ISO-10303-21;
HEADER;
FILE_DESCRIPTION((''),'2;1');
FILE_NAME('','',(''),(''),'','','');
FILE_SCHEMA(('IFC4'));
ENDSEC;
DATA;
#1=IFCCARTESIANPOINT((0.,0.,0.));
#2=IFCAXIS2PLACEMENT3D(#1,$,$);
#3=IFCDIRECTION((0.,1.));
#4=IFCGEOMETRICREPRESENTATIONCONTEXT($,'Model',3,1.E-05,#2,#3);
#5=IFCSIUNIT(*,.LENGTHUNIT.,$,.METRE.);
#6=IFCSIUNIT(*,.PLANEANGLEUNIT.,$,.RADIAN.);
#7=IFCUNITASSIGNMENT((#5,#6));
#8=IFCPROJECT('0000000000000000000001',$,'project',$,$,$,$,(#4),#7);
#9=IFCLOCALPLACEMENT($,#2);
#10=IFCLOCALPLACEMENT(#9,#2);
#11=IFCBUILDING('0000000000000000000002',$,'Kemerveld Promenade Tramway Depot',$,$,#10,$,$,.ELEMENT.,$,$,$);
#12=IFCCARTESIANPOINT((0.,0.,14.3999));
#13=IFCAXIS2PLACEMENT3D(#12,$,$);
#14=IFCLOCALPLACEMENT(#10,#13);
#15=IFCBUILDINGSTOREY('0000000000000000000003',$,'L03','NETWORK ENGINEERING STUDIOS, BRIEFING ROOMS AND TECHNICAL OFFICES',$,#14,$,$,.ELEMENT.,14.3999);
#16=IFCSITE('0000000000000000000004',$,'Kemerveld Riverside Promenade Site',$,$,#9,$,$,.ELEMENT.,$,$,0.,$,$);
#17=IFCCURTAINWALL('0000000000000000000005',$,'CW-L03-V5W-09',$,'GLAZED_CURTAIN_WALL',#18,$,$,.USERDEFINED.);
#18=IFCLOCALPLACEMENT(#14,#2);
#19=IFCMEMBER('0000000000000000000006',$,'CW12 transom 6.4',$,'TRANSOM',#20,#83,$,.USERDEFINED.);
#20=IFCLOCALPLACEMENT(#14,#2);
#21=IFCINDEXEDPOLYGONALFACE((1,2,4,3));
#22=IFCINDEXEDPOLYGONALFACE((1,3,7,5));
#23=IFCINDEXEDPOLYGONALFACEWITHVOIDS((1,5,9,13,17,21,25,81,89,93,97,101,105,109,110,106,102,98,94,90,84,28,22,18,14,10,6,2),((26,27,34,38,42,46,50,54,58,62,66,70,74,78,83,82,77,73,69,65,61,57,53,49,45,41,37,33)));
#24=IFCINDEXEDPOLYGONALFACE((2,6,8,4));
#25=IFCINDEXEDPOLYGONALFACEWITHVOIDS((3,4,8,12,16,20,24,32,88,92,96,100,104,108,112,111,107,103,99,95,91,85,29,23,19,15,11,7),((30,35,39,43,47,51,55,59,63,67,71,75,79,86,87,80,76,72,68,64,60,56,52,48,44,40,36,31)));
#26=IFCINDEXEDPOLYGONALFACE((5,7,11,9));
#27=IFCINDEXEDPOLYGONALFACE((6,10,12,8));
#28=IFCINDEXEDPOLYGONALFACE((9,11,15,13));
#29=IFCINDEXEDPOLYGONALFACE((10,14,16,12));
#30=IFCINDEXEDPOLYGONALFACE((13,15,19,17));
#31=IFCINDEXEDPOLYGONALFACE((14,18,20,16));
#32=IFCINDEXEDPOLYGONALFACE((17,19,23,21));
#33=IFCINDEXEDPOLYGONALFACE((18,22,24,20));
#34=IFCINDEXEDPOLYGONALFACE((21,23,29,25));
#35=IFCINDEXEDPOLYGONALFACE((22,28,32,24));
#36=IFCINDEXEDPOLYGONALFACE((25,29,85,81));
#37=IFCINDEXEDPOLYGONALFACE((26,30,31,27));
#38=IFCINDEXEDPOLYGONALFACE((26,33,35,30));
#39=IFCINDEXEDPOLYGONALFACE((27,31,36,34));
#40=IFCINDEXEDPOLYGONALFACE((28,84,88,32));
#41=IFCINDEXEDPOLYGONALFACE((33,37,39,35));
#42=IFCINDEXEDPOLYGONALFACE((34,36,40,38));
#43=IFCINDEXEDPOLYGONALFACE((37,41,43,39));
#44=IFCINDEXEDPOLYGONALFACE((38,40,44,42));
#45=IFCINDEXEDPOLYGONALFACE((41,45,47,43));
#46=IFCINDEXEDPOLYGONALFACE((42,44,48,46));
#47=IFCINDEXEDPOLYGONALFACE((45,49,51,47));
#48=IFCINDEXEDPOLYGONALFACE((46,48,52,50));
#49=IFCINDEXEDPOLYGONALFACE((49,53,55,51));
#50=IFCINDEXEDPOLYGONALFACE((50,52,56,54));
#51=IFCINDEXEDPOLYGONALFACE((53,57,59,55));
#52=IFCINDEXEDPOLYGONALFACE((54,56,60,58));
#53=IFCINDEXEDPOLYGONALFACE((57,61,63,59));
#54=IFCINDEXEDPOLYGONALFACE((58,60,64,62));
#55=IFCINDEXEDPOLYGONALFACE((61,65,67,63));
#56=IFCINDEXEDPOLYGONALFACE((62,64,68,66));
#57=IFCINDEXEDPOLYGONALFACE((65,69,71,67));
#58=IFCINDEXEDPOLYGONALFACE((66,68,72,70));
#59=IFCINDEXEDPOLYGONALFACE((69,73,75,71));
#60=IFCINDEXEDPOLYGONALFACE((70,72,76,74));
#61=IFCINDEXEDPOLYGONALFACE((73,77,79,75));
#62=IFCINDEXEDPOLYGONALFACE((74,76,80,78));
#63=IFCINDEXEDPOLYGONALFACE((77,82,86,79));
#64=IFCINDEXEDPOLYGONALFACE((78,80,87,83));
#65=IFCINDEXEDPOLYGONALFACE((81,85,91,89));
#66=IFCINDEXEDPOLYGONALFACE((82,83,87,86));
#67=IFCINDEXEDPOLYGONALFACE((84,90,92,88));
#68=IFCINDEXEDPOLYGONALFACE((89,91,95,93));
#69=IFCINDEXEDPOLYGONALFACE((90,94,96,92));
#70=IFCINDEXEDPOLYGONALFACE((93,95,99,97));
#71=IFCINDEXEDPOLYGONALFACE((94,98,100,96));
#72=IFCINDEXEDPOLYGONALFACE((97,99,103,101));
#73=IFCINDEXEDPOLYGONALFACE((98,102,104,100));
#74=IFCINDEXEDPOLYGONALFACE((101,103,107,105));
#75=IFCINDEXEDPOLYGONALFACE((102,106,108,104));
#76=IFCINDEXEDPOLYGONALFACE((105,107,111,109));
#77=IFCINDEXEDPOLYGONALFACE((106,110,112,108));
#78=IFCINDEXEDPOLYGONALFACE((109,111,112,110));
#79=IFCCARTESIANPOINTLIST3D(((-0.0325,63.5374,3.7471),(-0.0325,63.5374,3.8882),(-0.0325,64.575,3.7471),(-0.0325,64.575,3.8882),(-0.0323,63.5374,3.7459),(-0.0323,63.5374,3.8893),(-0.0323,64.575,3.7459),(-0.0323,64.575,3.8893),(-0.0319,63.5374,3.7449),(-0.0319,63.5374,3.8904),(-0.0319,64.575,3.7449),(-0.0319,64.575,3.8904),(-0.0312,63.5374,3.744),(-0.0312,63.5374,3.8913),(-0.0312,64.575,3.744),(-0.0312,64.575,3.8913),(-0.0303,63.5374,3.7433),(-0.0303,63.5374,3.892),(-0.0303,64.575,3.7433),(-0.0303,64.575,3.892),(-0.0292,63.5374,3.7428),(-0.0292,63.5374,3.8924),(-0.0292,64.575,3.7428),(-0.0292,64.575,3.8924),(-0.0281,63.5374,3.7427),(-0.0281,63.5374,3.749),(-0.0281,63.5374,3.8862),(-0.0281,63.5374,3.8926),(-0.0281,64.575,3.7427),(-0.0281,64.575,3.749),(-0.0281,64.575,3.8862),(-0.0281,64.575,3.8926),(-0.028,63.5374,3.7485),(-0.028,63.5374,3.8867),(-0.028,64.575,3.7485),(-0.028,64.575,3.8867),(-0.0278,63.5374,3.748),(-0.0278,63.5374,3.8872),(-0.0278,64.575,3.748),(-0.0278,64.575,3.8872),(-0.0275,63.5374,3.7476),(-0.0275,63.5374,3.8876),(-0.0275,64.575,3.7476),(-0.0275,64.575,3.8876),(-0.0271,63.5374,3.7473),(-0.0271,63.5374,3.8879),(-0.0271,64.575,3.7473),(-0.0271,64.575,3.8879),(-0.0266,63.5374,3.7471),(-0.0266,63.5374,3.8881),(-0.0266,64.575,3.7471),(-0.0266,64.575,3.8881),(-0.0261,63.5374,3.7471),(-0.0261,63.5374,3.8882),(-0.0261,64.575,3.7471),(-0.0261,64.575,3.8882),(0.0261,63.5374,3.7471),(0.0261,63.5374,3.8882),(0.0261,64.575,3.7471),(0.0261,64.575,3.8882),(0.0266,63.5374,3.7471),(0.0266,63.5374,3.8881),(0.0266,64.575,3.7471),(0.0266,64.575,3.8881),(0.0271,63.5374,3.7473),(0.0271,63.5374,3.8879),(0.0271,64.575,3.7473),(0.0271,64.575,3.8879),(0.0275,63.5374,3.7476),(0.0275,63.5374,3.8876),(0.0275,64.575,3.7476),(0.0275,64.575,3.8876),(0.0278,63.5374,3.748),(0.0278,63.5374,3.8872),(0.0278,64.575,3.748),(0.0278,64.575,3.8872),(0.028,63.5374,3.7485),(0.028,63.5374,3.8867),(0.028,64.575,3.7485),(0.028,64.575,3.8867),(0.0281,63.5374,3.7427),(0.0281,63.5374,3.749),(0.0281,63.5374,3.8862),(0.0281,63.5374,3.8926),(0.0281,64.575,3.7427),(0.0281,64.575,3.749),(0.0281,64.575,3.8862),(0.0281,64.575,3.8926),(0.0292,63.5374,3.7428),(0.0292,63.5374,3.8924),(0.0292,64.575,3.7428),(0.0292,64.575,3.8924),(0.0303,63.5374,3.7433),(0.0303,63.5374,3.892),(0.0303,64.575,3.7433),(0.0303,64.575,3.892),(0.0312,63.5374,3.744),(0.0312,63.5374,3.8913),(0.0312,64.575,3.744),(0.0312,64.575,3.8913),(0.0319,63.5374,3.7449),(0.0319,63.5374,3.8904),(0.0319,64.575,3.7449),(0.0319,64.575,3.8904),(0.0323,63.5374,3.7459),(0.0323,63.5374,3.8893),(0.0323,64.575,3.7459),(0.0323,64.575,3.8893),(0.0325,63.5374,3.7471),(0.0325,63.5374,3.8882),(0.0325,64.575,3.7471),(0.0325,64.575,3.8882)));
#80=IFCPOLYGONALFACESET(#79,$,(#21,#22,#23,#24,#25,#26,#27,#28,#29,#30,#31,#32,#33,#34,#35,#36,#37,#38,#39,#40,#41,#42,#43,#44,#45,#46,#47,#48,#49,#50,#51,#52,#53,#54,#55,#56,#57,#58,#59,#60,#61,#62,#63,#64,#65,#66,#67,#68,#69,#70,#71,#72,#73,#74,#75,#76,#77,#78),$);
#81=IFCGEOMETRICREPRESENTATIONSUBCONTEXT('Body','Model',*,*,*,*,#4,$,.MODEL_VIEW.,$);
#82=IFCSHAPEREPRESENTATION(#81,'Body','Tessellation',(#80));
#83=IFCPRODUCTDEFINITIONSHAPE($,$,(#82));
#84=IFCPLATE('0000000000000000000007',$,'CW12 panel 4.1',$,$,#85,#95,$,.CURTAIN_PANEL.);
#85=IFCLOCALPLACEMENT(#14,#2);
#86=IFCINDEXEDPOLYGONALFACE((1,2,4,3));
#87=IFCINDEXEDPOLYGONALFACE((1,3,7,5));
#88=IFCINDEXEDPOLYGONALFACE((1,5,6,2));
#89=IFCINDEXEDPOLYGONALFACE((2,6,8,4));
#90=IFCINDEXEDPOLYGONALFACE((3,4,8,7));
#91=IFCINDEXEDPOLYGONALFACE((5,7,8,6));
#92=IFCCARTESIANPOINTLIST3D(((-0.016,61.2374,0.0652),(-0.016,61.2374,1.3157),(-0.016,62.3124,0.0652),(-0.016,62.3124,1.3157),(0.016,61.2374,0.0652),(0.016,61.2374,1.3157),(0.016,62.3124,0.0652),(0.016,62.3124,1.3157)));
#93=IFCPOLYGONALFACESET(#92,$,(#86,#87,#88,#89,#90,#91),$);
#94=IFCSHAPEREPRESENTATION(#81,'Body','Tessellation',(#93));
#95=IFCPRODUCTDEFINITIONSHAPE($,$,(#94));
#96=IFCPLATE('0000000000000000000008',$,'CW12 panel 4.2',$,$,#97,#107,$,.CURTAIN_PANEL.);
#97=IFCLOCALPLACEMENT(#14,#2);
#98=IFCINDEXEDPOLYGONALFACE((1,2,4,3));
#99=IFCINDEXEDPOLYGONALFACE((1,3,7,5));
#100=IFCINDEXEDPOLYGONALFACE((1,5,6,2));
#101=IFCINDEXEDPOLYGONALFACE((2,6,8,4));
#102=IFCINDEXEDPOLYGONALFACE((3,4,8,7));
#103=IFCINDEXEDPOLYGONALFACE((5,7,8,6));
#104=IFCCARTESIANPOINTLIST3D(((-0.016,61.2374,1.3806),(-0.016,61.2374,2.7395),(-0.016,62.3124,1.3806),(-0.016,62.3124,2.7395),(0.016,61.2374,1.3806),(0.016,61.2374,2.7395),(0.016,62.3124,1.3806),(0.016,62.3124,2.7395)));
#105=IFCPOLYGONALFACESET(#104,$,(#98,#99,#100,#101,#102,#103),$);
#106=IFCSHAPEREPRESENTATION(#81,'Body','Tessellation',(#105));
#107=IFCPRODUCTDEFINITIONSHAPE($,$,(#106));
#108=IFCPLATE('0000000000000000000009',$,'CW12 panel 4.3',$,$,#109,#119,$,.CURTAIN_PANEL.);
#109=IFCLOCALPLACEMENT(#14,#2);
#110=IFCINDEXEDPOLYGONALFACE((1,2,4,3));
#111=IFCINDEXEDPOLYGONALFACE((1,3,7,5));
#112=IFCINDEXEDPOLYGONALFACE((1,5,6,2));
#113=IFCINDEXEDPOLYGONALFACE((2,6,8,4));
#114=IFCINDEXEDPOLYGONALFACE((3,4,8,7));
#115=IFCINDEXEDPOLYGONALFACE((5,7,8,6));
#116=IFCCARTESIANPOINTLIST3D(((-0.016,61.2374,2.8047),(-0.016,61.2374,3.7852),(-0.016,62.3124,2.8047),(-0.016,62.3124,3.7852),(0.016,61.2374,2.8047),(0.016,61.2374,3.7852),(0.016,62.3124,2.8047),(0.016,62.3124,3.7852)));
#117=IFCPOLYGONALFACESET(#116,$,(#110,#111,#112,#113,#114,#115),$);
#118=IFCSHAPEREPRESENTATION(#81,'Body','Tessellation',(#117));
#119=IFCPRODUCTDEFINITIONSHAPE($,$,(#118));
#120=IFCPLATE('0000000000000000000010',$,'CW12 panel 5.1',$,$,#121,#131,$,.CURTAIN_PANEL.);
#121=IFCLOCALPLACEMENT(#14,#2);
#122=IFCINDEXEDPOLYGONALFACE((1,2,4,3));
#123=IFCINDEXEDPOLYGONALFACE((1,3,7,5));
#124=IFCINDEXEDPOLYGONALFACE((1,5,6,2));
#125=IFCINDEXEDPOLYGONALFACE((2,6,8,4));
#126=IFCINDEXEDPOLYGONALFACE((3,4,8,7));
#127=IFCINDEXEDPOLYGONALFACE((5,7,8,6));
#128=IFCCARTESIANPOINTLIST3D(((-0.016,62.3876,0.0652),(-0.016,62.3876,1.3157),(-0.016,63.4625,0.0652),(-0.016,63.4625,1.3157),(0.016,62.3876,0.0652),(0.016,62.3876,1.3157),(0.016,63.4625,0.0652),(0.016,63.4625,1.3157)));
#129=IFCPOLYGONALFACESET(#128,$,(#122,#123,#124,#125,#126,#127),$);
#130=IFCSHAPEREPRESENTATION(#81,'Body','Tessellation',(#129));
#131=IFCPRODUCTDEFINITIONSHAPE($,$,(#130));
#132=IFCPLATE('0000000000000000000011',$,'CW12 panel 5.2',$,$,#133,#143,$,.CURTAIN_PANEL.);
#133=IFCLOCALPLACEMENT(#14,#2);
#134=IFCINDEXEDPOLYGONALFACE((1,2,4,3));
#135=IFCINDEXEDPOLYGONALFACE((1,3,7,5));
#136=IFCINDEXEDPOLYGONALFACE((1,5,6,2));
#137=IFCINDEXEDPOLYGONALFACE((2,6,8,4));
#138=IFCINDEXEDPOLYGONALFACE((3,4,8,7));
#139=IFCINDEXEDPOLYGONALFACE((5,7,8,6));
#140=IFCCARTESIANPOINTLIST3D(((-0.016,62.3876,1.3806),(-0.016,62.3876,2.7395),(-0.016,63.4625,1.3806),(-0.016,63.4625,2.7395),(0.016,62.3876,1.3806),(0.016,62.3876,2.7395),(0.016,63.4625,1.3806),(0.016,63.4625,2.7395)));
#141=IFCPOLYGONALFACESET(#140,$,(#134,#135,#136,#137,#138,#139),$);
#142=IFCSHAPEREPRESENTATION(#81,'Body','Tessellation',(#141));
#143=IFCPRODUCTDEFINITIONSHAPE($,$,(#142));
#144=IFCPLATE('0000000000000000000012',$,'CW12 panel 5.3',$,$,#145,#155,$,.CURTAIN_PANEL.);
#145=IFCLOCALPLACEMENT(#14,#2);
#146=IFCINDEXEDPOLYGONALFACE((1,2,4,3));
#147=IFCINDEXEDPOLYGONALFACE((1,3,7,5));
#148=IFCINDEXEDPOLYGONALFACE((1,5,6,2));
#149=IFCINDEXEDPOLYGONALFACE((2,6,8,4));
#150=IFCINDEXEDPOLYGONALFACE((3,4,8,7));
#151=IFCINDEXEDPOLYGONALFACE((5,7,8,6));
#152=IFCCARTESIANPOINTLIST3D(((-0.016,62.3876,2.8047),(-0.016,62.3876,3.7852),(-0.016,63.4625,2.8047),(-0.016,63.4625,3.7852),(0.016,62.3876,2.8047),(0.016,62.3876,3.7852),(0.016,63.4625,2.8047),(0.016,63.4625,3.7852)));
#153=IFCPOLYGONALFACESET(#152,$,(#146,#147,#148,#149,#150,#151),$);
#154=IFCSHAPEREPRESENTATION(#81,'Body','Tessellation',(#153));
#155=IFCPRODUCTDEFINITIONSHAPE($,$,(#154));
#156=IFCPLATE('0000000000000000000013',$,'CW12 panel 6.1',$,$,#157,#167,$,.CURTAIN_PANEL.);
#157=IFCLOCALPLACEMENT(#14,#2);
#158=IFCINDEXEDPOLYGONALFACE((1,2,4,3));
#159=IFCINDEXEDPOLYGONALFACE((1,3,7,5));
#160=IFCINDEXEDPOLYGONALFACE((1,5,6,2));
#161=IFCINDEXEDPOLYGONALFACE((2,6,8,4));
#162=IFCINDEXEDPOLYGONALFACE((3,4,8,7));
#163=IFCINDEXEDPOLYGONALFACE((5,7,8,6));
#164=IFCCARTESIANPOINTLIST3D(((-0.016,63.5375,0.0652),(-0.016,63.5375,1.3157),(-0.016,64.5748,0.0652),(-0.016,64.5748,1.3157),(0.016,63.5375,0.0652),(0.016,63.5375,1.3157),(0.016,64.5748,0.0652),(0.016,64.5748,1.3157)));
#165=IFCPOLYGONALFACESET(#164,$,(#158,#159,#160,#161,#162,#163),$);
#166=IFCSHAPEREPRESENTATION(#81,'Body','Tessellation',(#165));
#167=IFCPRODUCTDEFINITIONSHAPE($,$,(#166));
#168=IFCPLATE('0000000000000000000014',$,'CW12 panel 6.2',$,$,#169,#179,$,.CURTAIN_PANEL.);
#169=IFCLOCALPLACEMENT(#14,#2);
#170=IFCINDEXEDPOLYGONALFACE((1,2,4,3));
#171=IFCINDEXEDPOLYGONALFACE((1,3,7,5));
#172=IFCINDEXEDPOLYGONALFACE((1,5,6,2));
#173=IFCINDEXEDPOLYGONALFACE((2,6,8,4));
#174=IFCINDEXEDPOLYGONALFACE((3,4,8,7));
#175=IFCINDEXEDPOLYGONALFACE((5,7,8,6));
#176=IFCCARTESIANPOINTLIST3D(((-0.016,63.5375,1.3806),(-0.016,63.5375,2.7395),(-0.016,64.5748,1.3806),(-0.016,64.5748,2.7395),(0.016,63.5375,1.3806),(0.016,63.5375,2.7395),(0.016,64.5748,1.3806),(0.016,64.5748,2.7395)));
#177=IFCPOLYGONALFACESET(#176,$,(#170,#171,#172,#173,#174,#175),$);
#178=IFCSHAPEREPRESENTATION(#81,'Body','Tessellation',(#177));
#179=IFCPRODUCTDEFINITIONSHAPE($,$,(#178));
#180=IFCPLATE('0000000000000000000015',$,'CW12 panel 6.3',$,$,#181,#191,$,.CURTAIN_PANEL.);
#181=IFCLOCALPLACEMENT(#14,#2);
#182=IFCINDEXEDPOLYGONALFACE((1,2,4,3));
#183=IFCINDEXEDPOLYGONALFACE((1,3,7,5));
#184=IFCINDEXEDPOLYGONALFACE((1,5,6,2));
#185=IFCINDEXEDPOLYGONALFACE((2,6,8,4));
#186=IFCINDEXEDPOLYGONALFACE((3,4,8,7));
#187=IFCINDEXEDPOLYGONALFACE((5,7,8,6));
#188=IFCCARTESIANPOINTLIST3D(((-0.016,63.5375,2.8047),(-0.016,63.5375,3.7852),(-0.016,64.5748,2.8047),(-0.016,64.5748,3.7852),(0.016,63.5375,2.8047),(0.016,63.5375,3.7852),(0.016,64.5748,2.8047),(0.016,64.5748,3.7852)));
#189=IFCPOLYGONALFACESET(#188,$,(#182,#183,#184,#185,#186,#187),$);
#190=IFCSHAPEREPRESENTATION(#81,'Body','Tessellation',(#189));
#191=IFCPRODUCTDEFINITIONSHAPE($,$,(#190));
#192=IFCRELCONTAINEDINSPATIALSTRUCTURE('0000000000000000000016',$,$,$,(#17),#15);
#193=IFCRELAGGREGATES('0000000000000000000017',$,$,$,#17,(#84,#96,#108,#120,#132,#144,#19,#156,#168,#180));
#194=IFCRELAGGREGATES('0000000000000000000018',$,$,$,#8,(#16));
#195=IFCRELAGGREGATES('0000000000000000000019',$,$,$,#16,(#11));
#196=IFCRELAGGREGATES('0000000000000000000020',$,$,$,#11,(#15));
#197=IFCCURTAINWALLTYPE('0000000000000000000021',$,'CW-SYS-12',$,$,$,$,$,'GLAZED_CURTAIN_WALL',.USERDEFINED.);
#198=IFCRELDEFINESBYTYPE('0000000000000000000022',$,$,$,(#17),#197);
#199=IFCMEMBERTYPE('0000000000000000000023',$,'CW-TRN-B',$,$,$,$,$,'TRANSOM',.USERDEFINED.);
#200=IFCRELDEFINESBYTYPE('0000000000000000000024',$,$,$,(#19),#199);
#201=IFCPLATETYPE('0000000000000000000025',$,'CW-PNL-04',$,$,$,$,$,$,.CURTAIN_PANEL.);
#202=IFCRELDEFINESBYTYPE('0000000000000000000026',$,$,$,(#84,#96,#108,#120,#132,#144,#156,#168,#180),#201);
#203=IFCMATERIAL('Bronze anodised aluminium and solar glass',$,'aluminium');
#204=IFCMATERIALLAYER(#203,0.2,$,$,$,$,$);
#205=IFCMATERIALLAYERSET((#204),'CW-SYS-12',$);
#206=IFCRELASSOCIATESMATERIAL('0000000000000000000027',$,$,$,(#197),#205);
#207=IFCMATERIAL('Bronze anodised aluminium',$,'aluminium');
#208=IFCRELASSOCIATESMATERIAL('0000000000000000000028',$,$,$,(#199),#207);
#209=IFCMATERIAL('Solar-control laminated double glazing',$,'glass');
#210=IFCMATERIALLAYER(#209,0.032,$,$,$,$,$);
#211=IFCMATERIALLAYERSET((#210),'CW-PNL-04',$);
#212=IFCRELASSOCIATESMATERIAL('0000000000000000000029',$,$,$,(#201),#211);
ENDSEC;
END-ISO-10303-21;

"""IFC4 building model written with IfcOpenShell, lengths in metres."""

from ifc_helpers import new_model, si_unit, direction, frame, origin, origin_2d, place, context, subcontext, project, spatial, rectangle, hollow_rectangle, extrude, material, layer, layer_set, material_profile, profile_set, type_object, element, aggregate, save


model = new_model("IFC4")

# Units and contexts
model_context = context("Model", 3, precision=1e-05, world=origin(), true_north=direction((0.0, 1.0)))
body_context = subcontext(model_context, "Body", "Model", "MODEL_VIEW")
ifc_project = project(units=[si_unit("LENGTHUNIT", "METRE"), si_unit("PLANEANGLEUNIT", "RADIAN")], contexts=[model_context])

# Site, building, storey
site_placement = place(None, origin())
site = spatial("IfcSite", under=ifc_project, at=site_placement, Name="Kemerveld Riverside Promenade Site", CompositionType="ELEMENT", RefElevation=0.0)
building_placement = place(site_placement, origin())
building = spatial("IfcBuilding", under=site, at=building_placement, Name="Kemerveld Promenade Tramway Depot", CompositionType="ELEMENT")
storey_placement = place(building_placement, frame((0.0, 0.0, 14.3999)))
storey = spatial("IfcBuildingStorey", under=building, at=storey_placement, Name="L03", Description="NETWORK ENGINEERING STUDIOS, BRIEFING ROOMS AND TECHNICAL OFFICES", CompositionType="ELEMENT", Elevation=14.3999)

# Curtain wall, member, plates
ifc_material_1 = material(Name="Bronze anodised aluminium and solar glass", Category="aluminium")
ifc_layer_1 = layer(ifc_material_1, 0.2)
ifc_layer_set_1 = layer_set([ifc_layer_1], Name="CW-SYS-12")
curtain_wall_type = type_object("IfcCurtainWallType", Name="CW-SYS-12", ElementType="GLAZED_CURTAIN_WALL", PredefinedType="USERDEFINED", material=ifc_layer_set_1)
curtain_wall_placement = place(storey_placement, origin())
curtain_wall = element("IfcCurtainWall", 1, at=curtain_wall_placement, inside=storey, type_object=curtain_wall_type, Name="CW-L03-V5W-09", ObjectType="GLAZED_CURTAIN_WALL", PredefinedType="USERDEFINED")
ifc_material_2 = material(Name="Bronze anodised aluminium", Category="aluminium")
ifc_material_profile_1 = material_profile(ifc_material_2, hollow_rectangle(XDim=0.0649, YDim=0.1499, WallThickness=0.0044, InnerFilletRadius=0.002, OuterFilletRadius=0.0044, at=origin_2d()), Name="CW-TRN-150x65")
ifc_profile_set_1 = profile_set([ifc_material_profile_1], Name="Bronze anodised aluminium")
member_type_1 = type_object("IfcMemberType", Name="CW-TRN-B", ElementType="TRANSOM", PredefinedType="USERDEFINED", material=ifc_profile_set_1)
member_1_placement = place(storey_placement, frame((0.0, 63.5374, 3.8176), z_axis=(0.0, 1.0, 0.0), x_axis=(-1.0, 0.0, 0.0)))
member_1 = element("IfcMember", 2, at=member_1_placement, type_object=member_type_1, Name="CW12 transom 6.4", ObjectType="TRANSOM", PredefinedType="USERDEFINED", context=body_context, shape_type="SweptSolid", body=[
    extrude(hollow_rectangle(XDim=0.0649, YDim=0.1499, WallThickness=0.0044, InnerFilletRadius=0.002, OuterFilletRadius=0.0044, at=origin_2d()), origin(), (0.0, 0.0, 1.0), 1.0376),
])
ifc_material_3 = material(Name="Solar-control laminated double glazing", Category="glass")
ifc_layer_2 = layer(ifc_material_3, 0.032)
ifc_layer_set_2 = layer_set([ifc_layer_2], Name="CW-PNL-04")
plate_type = type_object("IfcPlateType", Name="CW-PNL-04", PredefinedType="CURTAIN_PANEL", material=ifc_layer_set_2)
plate_1_placement = place(storey_placement, frame((0.0, 61.7749, 0.0652), z_axis=(0.0, 0.0, 1.0), x_axis=(0.0, 1.0, 0.0)))
plate_1 = element("IfcPlate", 3, at=plate_1_placement, type_object=plate_type, Name="CW12 panel 4.1", PredefinedType="CURTAIN_PANEL", context=body_context, shape_type="SweptSolid", body=[
    extrude(rectangle(XDim=1.075, YDim=0.032, at=origin_2d()), origin(), (0.0, 0.0, 1.0), 1.2505),
])
plate_2_placement = place(storey_placement, frame((0.0, 61.7749, 1.3806), z_axis=(0.0, 0.0, 1.0), x_axis=(0.0, 1.0, 0.0)))
plate_2 = element("IfcPlate", 4, at=plate_2_placement, type_object=plate_type, Name="CW12 panel 4.2", PredefinedType="CURTAIN_PANEL", context=body_context, shape_type="SweptSolid", body=[
    extrude(rectangle(XDim=1.075, YDim=0.032, at=origin_2d()), origin(), (0.0, 0.0, 1.0), 1.3589),
])
plate_3_placement = place(storey_placement, frame((0.0, 61.7749, 2.8047), z_axis=(0.0, 0.0, 1.0), x_axis=(0.0, 1.0, 0.0)))
plate_3 = element("IfcPlate", 5, at=plate_3_placement, type_object=plate_type, Name="CW12 panel 4.3", PredefinedType="CURTAIN_PANEL", context=body_context, shape_type="SweptSolid", body=[
    extrude(rectangle(XDim=1.075, YDim=0.032, at=origin_2d()), origin(), (0.0, 0.0, 1.0), 0.9805),
])
plate_4_placement = place(storey_placement, frame((0.0, 62.925, 0.0652), z_axis=(0.0, 0.0, 1.0), x_axis=(0.0, 1.0, 0.0)))
plate_4 = element("IfcPlate", 6, at=plate_4_placement, type_object=plate_type, Name="CW12 panel 5.1", PredefinedType="CURTAIN_PANEL", context=body_context, shape_type="SweptSolid", body=[
    extrude(rectangle(XDim=1.075, YDim=0.032, at=origin_2d()), origin(), (0.0, 0.0, 1.0), 1.2505),
])
plate_5_placement = place(storey_placement, frame((0.0, 62.925, 1.3806), z_axis=(0.0, 0.0, 1.0), x_axis=(0.0, 1.0, 0.0)))
plate_5 = element("IfcPlate", 7, at=plate_5_placement, type_object=plate_type, Name="CW12 panel 5.2", PredefinedType="CURTAIN_PANEL", context=body_context, shape_type="SweptSolid", body=[
    extrude(rectangle(XDim=1.075, YDim=0.032, at=origin_2d()), origin(), (0.0, 0.0, 1.0), 1.3589),
])
plate_6_placement = place(storey_placement, frame((0.0, 62.925, 2.8047), z_axis=(0.0, 0.0, 1.0), x_axis=(0.0, 1.0, 0.0)))
plate_6 = element("IfcPlate", 8, at=plate_6_placement, type_object=plate_type, Name="CW12 panel 5.3", PredefinedType="CURTAIN_PANEL", context=body_context, shape_type="SweptSolid", body=[
    extrude(rectangle(XDim=1.075, YDim=0.032, at=origin_2d()), origin(), (0.0, 0.0, 1.0), 0.9805),
])
plate_7_placement = place(storey_placement, frame((0.0, 64.0562, 0.0652), z_axis=(0.0, 0.0, 1.0), x_axis=(0.0, 1.0, 0.0)))
plate_7 = element("IfcPlate", 9, at=plate_7_placement, type_object=plate_type, Name="CW12 panel 6.1", PredefinedType="CURTAIN_PANEL", context=body_context, shape_type="SweptSolid", body=[
    extrude(rectangle(XDim=1.0374, YDim=0.032, at=origin_2d()), origin(), (0.0, 0.0, 1.0), 1.2505),
])
plate_8_placement = place(storey_placement, frame((0.0, 64.0562, 1.3806), z_axis=(0.0, 0.0, 1.0), x_axis=(0.0, 1.0, 0.0)))
plate_8 = element("IfcPlate", 10, at=plate_8_placement, type_object=plate_type, Name="CW12 panel 6.2", PredefinedType="CURTAIN_PANEL", context=body_context, shape_type="SweptSolid", body=[
    extrude(rectangle(XDim=1.0374, YDim=0.032, at=origin_2d()), origin(), (0.0, 0.0, 1.0), 1.3589),
])
plate_9_placement = place(storey_placement, frame((0.0, 64.0562, 2.8047), z_axis=(0.0, 0.0, 1.0), x_axis=(0.0, 1.0, 0.0)))
plate_9 = element("IfcPlate", 11, at=plate_9_placement, type_object=plate_type, Name="CW12 panel 6.3", PredefinedType="CURTAIN_PANEL", context=body_context, shape_type="SweptSolid", body=[
    extrude(rectangle(XDim=1.0374, YDim=0.032, at=origin_2d()), origin(), (0.0, 0.0, 1.0), 0.9805),
])
aggregate(curtain_wall, [plate_1, plate_2, plate_3, plate_4, plate_5, plate_6, member_1, plate_7, plate_8, plate_9])

save(model, "model.ifc")
